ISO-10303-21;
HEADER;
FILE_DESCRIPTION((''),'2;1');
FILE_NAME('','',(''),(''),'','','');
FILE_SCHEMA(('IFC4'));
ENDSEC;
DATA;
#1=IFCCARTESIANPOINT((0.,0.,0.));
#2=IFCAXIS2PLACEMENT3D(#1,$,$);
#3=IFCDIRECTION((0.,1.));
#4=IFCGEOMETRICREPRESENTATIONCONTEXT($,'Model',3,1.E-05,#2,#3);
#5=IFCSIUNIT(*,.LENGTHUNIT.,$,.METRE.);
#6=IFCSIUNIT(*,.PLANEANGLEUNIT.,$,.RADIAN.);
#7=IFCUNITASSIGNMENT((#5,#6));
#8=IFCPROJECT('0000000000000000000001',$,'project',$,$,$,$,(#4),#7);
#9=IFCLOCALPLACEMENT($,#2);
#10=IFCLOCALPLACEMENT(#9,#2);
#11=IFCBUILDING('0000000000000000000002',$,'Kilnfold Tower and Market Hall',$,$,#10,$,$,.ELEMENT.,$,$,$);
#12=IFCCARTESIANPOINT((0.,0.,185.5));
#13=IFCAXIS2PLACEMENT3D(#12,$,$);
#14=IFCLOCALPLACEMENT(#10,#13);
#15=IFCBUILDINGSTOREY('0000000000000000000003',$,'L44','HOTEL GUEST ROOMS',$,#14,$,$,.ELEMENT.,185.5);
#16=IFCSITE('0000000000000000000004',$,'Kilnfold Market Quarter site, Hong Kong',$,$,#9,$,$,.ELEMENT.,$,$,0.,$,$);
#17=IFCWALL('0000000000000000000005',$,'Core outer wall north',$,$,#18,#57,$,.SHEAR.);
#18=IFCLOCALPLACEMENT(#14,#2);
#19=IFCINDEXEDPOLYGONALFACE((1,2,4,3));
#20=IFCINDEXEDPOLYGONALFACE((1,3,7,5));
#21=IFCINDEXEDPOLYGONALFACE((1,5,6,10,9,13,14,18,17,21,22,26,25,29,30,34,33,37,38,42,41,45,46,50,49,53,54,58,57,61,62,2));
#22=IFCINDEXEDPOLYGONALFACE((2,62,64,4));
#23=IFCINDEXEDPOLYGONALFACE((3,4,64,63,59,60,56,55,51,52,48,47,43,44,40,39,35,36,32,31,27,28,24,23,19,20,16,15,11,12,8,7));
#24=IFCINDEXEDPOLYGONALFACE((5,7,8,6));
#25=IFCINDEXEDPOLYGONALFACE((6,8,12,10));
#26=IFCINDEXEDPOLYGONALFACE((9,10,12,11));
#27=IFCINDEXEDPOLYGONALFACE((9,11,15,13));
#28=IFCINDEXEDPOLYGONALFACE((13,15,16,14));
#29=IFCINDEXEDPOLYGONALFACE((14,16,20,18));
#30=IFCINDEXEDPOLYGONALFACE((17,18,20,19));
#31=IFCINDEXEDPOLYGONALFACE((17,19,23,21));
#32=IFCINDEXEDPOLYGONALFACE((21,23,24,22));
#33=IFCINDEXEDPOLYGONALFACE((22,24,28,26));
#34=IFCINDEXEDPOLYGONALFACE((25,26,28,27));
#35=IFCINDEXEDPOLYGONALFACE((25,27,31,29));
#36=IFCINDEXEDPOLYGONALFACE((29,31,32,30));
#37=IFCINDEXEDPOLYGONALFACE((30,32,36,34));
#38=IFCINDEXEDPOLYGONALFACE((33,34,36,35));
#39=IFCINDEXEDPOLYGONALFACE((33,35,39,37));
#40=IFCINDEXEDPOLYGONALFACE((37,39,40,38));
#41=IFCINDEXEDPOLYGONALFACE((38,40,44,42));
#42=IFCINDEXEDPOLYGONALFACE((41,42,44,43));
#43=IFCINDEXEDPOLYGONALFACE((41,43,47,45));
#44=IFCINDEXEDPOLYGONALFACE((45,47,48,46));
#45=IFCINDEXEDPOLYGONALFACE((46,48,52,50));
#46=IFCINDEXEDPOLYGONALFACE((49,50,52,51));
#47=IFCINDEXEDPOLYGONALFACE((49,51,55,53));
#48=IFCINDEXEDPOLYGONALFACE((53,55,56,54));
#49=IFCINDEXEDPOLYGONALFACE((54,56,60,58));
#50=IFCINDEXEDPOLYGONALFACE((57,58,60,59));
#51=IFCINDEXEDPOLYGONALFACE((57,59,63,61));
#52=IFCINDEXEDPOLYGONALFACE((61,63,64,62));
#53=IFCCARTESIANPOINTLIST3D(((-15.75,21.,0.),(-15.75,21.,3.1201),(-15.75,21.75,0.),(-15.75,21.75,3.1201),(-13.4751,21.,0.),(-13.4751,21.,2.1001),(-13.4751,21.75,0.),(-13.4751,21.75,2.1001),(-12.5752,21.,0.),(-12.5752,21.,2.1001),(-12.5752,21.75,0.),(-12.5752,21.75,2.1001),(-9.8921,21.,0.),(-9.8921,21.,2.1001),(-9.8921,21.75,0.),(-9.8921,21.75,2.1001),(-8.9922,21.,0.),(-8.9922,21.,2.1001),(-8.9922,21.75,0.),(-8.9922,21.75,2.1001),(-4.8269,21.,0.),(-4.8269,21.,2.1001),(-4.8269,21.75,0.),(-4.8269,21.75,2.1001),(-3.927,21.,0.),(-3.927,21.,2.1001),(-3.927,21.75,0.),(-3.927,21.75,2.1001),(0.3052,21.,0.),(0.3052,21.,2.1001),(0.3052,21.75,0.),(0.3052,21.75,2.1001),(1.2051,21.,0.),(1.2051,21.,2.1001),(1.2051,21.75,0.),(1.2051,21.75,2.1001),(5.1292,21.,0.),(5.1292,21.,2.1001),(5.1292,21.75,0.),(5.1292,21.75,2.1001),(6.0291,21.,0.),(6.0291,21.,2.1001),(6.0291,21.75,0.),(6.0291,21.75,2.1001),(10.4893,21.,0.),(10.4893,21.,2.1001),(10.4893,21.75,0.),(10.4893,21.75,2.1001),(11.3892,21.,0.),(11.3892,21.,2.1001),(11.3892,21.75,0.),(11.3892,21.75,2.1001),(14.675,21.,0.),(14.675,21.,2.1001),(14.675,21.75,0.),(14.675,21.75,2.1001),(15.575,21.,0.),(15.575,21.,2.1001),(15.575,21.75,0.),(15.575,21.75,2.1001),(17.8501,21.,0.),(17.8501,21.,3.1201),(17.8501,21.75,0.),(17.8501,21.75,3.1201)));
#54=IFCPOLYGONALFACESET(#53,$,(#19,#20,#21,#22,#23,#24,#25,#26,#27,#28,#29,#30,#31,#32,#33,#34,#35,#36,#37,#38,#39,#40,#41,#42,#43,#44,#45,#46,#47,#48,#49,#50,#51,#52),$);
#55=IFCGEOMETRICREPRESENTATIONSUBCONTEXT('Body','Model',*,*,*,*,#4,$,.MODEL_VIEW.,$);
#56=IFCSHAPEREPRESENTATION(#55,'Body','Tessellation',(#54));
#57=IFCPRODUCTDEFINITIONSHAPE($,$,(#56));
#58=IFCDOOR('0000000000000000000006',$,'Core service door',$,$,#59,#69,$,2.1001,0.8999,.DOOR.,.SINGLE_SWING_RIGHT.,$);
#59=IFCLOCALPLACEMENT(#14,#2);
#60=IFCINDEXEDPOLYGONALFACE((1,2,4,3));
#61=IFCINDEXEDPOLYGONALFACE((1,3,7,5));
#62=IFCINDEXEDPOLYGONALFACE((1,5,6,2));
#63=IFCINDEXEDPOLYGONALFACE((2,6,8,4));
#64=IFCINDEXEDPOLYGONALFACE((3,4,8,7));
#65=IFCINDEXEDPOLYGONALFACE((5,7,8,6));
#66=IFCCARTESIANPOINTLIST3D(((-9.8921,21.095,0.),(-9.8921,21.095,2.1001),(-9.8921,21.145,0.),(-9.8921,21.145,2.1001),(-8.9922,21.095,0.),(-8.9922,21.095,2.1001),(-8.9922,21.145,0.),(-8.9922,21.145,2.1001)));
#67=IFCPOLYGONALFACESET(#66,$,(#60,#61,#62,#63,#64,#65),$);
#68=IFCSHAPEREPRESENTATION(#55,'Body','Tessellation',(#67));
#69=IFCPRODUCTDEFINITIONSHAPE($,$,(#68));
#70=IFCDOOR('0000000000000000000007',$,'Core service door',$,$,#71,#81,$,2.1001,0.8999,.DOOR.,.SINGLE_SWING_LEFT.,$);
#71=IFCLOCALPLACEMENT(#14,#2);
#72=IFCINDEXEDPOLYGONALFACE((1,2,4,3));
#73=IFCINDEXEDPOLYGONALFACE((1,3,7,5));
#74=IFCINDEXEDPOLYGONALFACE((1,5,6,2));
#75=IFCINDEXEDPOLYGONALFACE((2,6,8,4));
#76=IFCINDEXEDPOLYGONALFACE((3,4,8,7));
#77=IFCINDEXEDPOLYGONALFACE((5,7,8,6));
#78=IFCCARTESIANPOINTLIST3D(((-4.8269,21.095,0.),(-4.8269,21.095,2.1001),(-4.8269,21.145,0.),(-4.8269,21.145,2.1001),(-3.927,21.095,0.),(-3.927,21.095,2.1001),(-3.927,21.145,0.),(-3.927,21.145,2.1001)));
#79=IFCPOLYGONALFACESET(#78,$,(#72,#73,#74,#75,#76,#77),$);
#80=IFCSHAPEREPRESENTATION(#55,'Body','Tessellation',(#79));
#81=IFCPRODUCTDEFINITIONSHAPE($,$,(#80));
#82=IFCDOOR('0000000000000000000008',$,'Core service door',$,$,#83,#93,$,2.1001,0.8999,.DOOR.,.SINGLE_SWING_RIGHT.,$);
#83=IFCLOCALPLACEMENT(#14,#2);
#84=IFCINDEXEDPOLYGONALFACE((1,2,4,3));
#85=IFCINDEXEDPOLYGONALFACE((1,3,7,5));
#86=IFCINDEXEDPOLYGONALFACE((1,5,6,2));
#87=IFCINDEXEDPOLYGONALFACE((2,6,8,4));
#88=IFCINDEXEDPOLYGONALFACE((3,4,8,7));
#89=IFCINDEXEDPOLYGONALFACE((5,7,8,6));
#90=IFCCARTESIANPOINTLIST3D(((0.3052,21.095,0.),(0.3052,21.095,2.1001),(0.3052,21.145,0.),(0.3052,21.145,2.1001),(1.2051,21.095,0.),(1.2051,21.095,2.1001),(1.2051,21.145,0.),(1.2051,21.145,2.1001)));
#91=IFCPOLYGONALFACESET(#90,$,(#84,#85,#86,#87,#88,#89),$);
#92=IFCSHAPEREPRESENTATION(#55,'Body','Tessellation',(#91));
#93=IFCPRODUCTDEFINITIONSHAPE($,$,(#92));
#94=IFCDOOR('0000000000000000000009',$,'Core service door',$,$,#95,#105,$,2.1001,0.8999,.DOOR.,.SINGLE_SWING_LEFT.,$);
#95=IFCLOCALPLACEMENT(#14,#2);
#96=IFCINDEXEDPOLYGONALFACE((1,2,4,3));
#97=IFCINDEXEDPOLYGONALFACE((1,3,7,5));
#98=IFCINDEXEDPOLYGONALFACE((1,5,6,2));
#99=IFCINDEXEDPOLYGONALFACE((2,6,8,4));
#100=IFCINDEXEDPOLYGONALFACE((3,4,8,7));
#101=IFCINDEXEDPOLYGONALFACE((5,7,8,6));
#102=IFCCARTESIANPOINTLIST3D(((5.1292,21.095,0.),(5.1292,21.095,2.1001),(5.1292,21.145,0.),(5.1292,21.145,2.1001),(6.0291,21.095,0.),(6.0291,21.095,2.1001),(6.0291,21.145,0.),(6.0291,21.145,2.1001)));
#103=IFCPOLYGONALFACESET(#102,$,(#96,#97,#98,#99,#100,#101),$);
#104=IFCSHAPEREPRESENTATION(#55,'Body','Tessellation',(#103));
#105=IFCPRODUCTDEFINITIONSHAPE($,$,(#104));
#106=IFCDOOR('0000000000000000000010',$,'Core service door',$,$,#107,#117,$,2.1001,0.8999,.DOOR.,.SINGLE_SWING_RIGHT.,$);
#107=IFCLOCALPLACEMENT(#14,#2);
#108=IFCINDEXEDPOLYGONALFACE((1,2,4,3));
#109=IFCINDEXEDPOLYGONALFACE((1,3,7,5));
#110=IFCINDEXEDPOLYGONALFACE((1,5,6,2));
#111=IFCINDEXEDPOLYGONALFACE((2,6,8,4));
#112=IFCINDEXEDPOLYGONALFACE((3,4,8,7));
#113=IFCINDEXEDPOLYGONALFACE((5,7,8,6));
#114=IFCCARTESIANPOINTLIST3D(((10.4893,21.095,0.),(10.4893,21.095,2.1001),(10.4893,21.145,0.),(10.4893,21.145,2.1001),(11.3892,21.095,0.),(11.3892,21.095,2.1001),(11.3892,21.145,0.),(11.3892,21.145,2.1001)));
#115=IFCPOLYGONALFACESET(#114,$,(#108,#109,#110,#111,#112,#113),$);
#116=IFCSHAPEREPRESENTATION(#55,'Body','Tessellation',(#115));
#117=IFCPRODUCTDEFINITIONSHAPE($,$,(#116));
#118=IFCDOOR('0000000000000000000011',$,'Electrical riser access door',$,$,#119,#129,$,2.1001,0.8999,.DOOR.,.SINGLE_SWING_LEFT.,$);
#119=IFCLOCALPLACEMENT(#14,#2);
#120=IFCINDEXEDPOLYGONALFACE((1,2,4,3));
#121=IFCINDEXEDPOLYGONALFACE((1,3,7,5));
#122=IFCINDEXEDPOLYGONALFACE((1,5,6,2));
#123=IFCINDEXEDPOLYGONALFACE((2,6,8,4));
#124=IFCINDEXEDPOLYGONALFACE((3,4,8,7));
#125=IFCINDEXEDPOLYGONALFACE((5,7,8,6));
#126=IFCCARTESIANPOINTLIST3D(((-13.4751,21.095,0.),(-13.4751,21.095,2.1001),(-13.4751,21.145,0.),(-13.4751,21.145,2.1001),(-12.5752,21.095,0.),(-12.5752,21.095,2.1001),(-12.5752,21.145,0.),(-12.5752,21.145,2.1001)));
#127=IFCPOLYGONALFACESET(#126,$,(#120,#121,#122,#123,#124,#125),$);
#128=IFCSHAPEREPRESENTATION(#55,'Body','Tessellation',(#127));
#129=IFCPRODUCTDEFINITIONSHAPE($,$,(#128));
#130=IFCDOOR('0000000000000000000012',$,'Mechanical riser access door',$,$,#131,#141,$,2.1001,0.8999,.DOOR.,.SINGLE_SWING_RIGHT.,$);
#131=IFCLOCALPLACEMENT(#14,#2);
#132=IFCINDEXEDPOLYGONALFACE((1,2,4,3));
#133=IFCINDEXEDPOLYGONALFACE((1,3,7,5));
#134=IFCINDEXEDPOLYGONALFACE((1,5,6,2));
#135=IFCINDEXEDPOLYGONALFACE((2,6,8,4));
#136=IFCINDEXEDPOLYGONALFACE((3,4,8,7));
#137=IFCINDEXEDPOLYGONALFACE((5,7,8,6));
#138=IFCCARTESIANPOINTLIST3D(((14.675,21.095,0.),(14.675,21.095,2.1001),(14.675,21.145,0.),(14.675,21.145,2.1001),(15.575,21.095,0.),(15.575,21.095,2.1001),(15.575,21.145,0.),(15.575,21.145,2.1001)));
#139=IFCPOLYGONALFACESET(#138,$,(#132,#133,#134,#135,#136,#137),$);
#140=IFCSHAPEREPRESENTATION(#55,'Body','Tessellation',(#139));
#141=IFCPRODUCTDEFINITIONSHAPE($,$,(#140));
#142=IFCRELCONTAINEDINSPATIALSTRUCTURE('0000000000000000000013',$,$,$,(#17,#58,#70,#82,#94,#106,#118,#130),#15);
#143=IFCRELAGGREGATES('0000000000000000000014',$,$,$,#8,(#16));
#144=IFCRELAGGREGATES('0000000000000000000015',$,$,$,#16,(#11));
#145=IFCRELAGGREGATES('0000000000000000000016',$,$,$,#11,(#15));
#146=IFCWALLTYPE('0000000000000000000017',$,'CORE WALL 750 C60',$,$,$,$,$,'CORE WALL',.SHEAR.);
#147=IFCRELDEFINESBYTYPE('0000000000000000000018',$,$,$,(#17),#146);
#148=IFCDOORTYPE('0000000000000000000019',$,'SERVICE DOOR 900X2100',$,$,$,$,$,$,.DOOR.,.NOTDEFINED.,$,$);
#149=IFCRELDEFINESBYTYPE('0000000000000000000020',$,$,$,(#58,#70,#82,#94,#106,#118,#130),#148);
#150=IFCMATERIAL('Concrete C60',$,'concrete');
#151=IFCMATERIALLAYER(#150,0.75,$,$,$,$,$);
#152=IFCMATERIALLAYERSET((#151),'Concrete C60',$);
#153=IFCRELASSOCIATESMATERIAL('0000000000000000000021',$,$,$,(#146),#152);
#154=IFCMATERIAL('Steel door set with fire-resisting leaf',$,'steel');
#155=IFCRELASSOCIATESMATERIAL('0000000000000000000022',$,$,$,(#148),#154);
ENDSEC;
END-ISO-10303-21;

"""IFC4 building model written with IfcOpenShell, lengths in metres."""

from ifc_helpers import new_model, si_unit, direction, frame, frame_2d, origin, place, context, subcontext, project, spatial, rectangle, extrude, source, transform, mapped, material, layer, layer_set, type_object, element, fill, save


model = new_model("IFC4")

# Units and contexts
model_context = context("Model", 3, precision=1e-05, world=origin(), true_north=direction((0.0, 1.0)))
body_context = subcontext(model_context, "Body", "Model", "MODEL_VIEW")
ifc_project = project(units=[si_unit("LENGTHUNIT", "METRE"), si_unit("PLANEANGLEUNIT", "RADIAN")], contexts=[model_context])

# Site, building, storey
site_placement = place(None, origin())
site = spatial("IfcSite", under=ifc_project, at=site_placement, Name="Kilnfold Market Quarter site, Hong Kong", CompositionType="ELEMENT", RefElevation=0.0)
building_placement = place(site_placement, origin())
building = spatial("IfcBuilding", under=site, at=building_placement, Name="Kilnfold Tower and Market Hall", CompositionType="ELEMENT")
storey_placement = place(building_placement, frame((0.0, 0.0, 185.5)))
storey = spatial("IfcBuildingStorey", under=building, at=storey_placement, Name="L44", Description="HOTEL GUEST ROOMS", CompositionType="ELEMENT", Elevation=185.5)

# Wall, openings, doors
ifc_material_1 = material(Name="Concrete C60", Category="concrete")
ifc_layer_1 = layer(ifc_material_1, 0.75)
ifc_layer_set_1 = layer_set([ifc_layer_1], Name="Concrete C60")
wall_type_1 = type_object("IfcWallType", Name="CORE WALL 750 C60", ElementType="CORE WALL", PredefinedType="SHEAR", material=ifc_layer_set_1)
shared_shape_1 = source(origin(), body_context, "Body", "SweptSolid", [
    extrude(rectangle(XDim=33.6001, YDim=0.75, at=frame_2d((16.8, 0.0))), origin(), (0.0, 0.0, 1.0), 3.1201),
])
wall_1_placement = place(storey_placement, frame((-15.75, 21.375, 0.0), z_axis=(0.0, 0.0, 1.0), x_axis=(1.0, 0.0, 0.0)))
wall_1 = element("IfcWall", 1, at=wall_1_placement, inside=storey, type_object=wall_type_1, Name="Core outer wall north", PredefinedType="SHEAR", context=body_context, shape_type="MappedRepresentation", body=[
    mapped(shared_shape_1, transform((0.0, 0.0, 0.0))),
])
opening_1_placement = place(wall_1_placement, frame((5.8579, 0.0, 0.0)))
opening_1 = element("IfcOpeningElement", 2, at=opening_1_placement, cuts=wall_1, PredefinedType="OPENING", context=body_context, shape_type="SweptSolid", body=[
    extrude(rectangle(XDim=0.8999, YDim=2.1001, at=frame_2d((0.45, 1.05))), frame((0.0, 0.385, 0.0), z_axis=(0.0, -1.0, 0.0), x_axis=(1.0, 0.0, 0.0)), (0.0, 0.0, 1.0), 0.77),
])
opening_2_placement = place(wall_1_placement, frame((10.9231, 0.0, 0.0)))
opening_2 = element("IfcOpeningElement", 3, at=opening_2_placement, cuts=wall_1, PredefinedType="OPENING", context=body_context, shape_type="SweptSolid", body=[
    extrude(rectangle(XDim=0.8999, YDim=2.1001, at=frame_2d((0.45, 1.05))), frame((0.0, 0.385, 0.0), z_axis=(0.0, -1.0, 0.0), x_axis=(1.0, 0.0, 0.0)), (0.0, 0.0, 1.0), 0.77),
])
opening_3_placement = place(wall_1_placement, frame((16.0552, 0.0, 0.0)))
opening_3 = element("IfcOpeningElement", 4, at=opening_3_placement, cuts=wall_1, PredefinedType="OPENING", context=body_context, shape_type="SweptSolid", body=[
    extrude(rectangle(XDim=0.8999, YDim=2.1001, at=frame_2d((0.45, 1.05))), frame((0.0, 0.385, 0.0), z_axis=(0.0, -1.0, 0.0), x_axis=(1.0, 0.0, 0.0)), (0.0, 0.0, 1.0), 0.77),
])
opening_4_placement = place(wall_1_placement, frame((20.8792, 0.0, 0.0)))
opening_4 = element("IfcOpeningElement", 5, at=opening_4_placement, cuts=wall_1, PredefinedType="OPENING", context=body_context, shape_type="SweptSolid", body=[
    extrude(rectangle(XDim=0.8999, YDim=2.1001, at=frame_2d((0.45, 1.05))), frame((0.0, 0.385, 0.0), z_axis=(0.0, -1.0, 0.0), x_axis=(1.0, 0.0, 0.0)), (0.0, 0.0, 1.0), 0.77),
])
opening_5_placement = place(wall_1_placement, frame((26.2393, 0.0, 0.0)))
opening_5 = element("IfcOpeningElement", 6, at=opening_5_placement, cuts=wall_1, PredefinedType="OPENING", context=body_context, shape_type="SweptSolid", body=[
    extrude(rectangle(XDim=0.8999, YDim=2.1001, at=frame_2d((0.45, 1.05))), frame((0.0, 0.385, 0.0), z_axis=(0.0, -1.0, 0.0), x_axis=(1.0, 0.0, 0.0)), (0.0, 0.0, 1.0), 0.77),
])
opening_6_placement = place(wall_1_placement, frame((2.2749, 0.0, 0.0)))
opening_6 = element("IfcOpeningElement", 7, at=opening_6_placement, cuts=wall_1, PredefinedType="OPENING", context=body_context, shape_type="SweptSolid", body=[
    extrude(rectangle(XDim=0.8999, YDim=2.1001, at=frame_2d((0.45, 1.05))), frame((0.0, 0.385, 0.0), z_axis=(0.0, -1.0, 0.0), x_axis=(1.0, 0.0, 0.0)), (0.0, 0.0, 1.0), 0.77),
])
opening_7_placement = place(wall_1_placement, frame((30.425, 0.0, 0.0)))
opening_7 = element("IfcOpeningElement", 8, at=opening_7_placement, cuts=wall_1, PredefinedType="OPENING", context=body_context, shape_type="SweptSolid", body=[
    extrude(rectangle(XDim=0.8999, YDim=2.1001, at=frame_2d((0.45, 1.05))), frame((0.0, 0.385, 0.0), z_axis=(0.0, -1.0, 0.0), x_axis=(1.0, 0.0, 0.0)), (0.0, 0.0, 1.0), 0.77),
])
ifc_material_2 = material(Name="Steel door set with fire-resisting leaf", Category="steel")
door_type = type_object("IfcDoorType", Name="SERVICE DOOR 900X2100", OperationType="NOTDEFINED", PredefinedType="DOOR", material=ifc_material_2)
door_1_placement = place(opening_1_placement, origin())
door_1 = element("IfcDoor", 9, at=door_1_placement, inside=storey, type_object=door_type, Name="Core service door", OperationType="SINGLE_SWING_RIGHT", OverallHeight=2.1001, OverallWidth=0.8999, PredefinedType="DOOR", context=body_context, shape_type="SweptSolid", body=[
    extrude(rectangle(XDim=0.8999, YDim=2.1001, at=frame_2d((0.45, 1.05))), frame((0.0, -0.23, 0.0), z_axis=(0.0, -1.0, 0.0), x_axis=(1.0, 0.0, 0.0)), (0.0, 0.0, 1.0), 0.05),
])
fill(opening_1, door_1)
door_2_placement = place(opening_2_placement, origin())
door_2 = element("IfcDoor", 10, at=door_2_placement, inside=storey, type_object=door_type, Name="Core service door", OperationType="SINGLE_SWING_LEFT", OverallHeight=2.1001, OverallWidth=0.8999, PredefinedType="DOOR", context=body_context, shape_type="SweptSolid", body=[
    extrude(rectangle(XDim=0.8999, YDim=2.1001, at=frame_2d((0.45, 1.05))), frame((0.0, -0.23, 0.0), z_axis=(0.0, -1.0, 0.0), x_axis=(1.0, 0.0, 0.0)), (0.0, 0.0, 1.0), 0.05),
])
fill(opening_2, door_2)
door_3_placement = place(opening_3_placement, origin())
door_3 = element("IfcDoor", 11, at=door_3_placement, inside=storey, type_object=door_type, Name="Core service door", OperationType="SINGLE_SWING_RIGHT", OverallHeight=2.1001, OverallWidth=0.8999, PredefinedType="DOOR", context=body_context, shape_type="SweptSolid", body=[
    extrude(rectangle(XDim=0.8999, YDim=2.1001, at=frame_2d((0.45, 1.05))), frame((0.0, -0.23, 0.0), z_axis=(0.0, -1.0, 0.0), x_axis=(1.0, 0.0, 0.0)), (0.0, 0.0, 1.0), 0.05),
])
fill(opening_3, door_3)
door_4_placement = place(opening_4_placement, origin())
door_4 = element("IfcDoor", 12, at=door_4_placement, inside=storey, type_object=door_type, Name="Core service door", OperationType="SINGLE_SWING_LEFT", OverallHeight=2.1001, OverallWidth=0.8999, PredefinedType="DOOR", context=body_context, shape_type="SweptSolid", body=[
    extrude(rectangle(XDim=0.8999, YDim=2.1001, at=frame_2d((0.45, 1.05))), frame((0.0, -0.23, 0.0), z_axis=(0.0, -1.0, 0.0), x_axis=(1.0, 0.0, 0.0)), (0.0, 0.0, 1.0), 0.05),
])
fill(opening_4, door_4)
door_5_placement = place(opening_5_placement, origin())
door_5 = element("IfcDoor", 13, at=door_5_placement, inside=storey, type_object=door_type, Name="Core service door", OperationType="SINGLE_SWING_RIGHT", OverallHeight=2.1001, OverallWidth=0.8999, PredefinedType="DOOR", context=body_context, shape_type="SweptSolid", body=[
    extrude(rectangle(XDim=0.8999, YDim=2.1001, at=frame_2d((0.45, 1.05))), frame((0.0, -0.23, 0.0), z_axis=(0.0, -1.0, 0.0), x_axis=(1.0, 0.0, 0.0)), (0.0, 0.0, 1.0), 0.05),
])
fill(opening_5, door_5)
door_6_placement = place(opening_6_placement, origin())
door_6 = element("IfcDoor", 14, at=door_6_placement, inside=storey, type_object=door_type, Name="Electrical riser access door", OperationType="SINGLE_SWING_LEFT", OverallHeight=2.1001, OverallWidth=0.8999, PredefinedType="DOOR", context=body_context, shape_type="SweptSolid", body=[
    extrude(rectangle(XDim=0.8999, YDim=2.1001, at=frame_2d((0.45, 1.05))), frame((0.0, -0.23, 0.0), z_axis=(0.0, -1.0, 0.0), x_axis=(1.0, 0.0, 0.0)), (0.0, 0.0, 1.0), 0.05),
])
fill(opening_6, door_6)
door_7_placement = place(opening_7_placement, origin())
door_7 = element("IfcDoor", 15, at=door_7_placement, inside=storey, type_object=door_type, Name="Mechanical riser access door", OperationType="SINGLE_SWING_RIGHT", OverallHeight=2.1001, OverallWidth=0.8999, PredefinedType="DOOR", context=body_context, shape_type="SweptSolid", body=[
    extrude(rectangle(XDim=0.8999, YDim=2.1001, at=frame_2d((0.45, 1.05))), frame((0.0, -0.23, 0.0), z_axis=(0.0, -1.0, 0.0), x_axis=(1.0, 0.0, 0.0)), (0.0, 0.0, 1.0), 0.05),
])
fill(opening_7, door_7)

save(model, "model.ifc")
